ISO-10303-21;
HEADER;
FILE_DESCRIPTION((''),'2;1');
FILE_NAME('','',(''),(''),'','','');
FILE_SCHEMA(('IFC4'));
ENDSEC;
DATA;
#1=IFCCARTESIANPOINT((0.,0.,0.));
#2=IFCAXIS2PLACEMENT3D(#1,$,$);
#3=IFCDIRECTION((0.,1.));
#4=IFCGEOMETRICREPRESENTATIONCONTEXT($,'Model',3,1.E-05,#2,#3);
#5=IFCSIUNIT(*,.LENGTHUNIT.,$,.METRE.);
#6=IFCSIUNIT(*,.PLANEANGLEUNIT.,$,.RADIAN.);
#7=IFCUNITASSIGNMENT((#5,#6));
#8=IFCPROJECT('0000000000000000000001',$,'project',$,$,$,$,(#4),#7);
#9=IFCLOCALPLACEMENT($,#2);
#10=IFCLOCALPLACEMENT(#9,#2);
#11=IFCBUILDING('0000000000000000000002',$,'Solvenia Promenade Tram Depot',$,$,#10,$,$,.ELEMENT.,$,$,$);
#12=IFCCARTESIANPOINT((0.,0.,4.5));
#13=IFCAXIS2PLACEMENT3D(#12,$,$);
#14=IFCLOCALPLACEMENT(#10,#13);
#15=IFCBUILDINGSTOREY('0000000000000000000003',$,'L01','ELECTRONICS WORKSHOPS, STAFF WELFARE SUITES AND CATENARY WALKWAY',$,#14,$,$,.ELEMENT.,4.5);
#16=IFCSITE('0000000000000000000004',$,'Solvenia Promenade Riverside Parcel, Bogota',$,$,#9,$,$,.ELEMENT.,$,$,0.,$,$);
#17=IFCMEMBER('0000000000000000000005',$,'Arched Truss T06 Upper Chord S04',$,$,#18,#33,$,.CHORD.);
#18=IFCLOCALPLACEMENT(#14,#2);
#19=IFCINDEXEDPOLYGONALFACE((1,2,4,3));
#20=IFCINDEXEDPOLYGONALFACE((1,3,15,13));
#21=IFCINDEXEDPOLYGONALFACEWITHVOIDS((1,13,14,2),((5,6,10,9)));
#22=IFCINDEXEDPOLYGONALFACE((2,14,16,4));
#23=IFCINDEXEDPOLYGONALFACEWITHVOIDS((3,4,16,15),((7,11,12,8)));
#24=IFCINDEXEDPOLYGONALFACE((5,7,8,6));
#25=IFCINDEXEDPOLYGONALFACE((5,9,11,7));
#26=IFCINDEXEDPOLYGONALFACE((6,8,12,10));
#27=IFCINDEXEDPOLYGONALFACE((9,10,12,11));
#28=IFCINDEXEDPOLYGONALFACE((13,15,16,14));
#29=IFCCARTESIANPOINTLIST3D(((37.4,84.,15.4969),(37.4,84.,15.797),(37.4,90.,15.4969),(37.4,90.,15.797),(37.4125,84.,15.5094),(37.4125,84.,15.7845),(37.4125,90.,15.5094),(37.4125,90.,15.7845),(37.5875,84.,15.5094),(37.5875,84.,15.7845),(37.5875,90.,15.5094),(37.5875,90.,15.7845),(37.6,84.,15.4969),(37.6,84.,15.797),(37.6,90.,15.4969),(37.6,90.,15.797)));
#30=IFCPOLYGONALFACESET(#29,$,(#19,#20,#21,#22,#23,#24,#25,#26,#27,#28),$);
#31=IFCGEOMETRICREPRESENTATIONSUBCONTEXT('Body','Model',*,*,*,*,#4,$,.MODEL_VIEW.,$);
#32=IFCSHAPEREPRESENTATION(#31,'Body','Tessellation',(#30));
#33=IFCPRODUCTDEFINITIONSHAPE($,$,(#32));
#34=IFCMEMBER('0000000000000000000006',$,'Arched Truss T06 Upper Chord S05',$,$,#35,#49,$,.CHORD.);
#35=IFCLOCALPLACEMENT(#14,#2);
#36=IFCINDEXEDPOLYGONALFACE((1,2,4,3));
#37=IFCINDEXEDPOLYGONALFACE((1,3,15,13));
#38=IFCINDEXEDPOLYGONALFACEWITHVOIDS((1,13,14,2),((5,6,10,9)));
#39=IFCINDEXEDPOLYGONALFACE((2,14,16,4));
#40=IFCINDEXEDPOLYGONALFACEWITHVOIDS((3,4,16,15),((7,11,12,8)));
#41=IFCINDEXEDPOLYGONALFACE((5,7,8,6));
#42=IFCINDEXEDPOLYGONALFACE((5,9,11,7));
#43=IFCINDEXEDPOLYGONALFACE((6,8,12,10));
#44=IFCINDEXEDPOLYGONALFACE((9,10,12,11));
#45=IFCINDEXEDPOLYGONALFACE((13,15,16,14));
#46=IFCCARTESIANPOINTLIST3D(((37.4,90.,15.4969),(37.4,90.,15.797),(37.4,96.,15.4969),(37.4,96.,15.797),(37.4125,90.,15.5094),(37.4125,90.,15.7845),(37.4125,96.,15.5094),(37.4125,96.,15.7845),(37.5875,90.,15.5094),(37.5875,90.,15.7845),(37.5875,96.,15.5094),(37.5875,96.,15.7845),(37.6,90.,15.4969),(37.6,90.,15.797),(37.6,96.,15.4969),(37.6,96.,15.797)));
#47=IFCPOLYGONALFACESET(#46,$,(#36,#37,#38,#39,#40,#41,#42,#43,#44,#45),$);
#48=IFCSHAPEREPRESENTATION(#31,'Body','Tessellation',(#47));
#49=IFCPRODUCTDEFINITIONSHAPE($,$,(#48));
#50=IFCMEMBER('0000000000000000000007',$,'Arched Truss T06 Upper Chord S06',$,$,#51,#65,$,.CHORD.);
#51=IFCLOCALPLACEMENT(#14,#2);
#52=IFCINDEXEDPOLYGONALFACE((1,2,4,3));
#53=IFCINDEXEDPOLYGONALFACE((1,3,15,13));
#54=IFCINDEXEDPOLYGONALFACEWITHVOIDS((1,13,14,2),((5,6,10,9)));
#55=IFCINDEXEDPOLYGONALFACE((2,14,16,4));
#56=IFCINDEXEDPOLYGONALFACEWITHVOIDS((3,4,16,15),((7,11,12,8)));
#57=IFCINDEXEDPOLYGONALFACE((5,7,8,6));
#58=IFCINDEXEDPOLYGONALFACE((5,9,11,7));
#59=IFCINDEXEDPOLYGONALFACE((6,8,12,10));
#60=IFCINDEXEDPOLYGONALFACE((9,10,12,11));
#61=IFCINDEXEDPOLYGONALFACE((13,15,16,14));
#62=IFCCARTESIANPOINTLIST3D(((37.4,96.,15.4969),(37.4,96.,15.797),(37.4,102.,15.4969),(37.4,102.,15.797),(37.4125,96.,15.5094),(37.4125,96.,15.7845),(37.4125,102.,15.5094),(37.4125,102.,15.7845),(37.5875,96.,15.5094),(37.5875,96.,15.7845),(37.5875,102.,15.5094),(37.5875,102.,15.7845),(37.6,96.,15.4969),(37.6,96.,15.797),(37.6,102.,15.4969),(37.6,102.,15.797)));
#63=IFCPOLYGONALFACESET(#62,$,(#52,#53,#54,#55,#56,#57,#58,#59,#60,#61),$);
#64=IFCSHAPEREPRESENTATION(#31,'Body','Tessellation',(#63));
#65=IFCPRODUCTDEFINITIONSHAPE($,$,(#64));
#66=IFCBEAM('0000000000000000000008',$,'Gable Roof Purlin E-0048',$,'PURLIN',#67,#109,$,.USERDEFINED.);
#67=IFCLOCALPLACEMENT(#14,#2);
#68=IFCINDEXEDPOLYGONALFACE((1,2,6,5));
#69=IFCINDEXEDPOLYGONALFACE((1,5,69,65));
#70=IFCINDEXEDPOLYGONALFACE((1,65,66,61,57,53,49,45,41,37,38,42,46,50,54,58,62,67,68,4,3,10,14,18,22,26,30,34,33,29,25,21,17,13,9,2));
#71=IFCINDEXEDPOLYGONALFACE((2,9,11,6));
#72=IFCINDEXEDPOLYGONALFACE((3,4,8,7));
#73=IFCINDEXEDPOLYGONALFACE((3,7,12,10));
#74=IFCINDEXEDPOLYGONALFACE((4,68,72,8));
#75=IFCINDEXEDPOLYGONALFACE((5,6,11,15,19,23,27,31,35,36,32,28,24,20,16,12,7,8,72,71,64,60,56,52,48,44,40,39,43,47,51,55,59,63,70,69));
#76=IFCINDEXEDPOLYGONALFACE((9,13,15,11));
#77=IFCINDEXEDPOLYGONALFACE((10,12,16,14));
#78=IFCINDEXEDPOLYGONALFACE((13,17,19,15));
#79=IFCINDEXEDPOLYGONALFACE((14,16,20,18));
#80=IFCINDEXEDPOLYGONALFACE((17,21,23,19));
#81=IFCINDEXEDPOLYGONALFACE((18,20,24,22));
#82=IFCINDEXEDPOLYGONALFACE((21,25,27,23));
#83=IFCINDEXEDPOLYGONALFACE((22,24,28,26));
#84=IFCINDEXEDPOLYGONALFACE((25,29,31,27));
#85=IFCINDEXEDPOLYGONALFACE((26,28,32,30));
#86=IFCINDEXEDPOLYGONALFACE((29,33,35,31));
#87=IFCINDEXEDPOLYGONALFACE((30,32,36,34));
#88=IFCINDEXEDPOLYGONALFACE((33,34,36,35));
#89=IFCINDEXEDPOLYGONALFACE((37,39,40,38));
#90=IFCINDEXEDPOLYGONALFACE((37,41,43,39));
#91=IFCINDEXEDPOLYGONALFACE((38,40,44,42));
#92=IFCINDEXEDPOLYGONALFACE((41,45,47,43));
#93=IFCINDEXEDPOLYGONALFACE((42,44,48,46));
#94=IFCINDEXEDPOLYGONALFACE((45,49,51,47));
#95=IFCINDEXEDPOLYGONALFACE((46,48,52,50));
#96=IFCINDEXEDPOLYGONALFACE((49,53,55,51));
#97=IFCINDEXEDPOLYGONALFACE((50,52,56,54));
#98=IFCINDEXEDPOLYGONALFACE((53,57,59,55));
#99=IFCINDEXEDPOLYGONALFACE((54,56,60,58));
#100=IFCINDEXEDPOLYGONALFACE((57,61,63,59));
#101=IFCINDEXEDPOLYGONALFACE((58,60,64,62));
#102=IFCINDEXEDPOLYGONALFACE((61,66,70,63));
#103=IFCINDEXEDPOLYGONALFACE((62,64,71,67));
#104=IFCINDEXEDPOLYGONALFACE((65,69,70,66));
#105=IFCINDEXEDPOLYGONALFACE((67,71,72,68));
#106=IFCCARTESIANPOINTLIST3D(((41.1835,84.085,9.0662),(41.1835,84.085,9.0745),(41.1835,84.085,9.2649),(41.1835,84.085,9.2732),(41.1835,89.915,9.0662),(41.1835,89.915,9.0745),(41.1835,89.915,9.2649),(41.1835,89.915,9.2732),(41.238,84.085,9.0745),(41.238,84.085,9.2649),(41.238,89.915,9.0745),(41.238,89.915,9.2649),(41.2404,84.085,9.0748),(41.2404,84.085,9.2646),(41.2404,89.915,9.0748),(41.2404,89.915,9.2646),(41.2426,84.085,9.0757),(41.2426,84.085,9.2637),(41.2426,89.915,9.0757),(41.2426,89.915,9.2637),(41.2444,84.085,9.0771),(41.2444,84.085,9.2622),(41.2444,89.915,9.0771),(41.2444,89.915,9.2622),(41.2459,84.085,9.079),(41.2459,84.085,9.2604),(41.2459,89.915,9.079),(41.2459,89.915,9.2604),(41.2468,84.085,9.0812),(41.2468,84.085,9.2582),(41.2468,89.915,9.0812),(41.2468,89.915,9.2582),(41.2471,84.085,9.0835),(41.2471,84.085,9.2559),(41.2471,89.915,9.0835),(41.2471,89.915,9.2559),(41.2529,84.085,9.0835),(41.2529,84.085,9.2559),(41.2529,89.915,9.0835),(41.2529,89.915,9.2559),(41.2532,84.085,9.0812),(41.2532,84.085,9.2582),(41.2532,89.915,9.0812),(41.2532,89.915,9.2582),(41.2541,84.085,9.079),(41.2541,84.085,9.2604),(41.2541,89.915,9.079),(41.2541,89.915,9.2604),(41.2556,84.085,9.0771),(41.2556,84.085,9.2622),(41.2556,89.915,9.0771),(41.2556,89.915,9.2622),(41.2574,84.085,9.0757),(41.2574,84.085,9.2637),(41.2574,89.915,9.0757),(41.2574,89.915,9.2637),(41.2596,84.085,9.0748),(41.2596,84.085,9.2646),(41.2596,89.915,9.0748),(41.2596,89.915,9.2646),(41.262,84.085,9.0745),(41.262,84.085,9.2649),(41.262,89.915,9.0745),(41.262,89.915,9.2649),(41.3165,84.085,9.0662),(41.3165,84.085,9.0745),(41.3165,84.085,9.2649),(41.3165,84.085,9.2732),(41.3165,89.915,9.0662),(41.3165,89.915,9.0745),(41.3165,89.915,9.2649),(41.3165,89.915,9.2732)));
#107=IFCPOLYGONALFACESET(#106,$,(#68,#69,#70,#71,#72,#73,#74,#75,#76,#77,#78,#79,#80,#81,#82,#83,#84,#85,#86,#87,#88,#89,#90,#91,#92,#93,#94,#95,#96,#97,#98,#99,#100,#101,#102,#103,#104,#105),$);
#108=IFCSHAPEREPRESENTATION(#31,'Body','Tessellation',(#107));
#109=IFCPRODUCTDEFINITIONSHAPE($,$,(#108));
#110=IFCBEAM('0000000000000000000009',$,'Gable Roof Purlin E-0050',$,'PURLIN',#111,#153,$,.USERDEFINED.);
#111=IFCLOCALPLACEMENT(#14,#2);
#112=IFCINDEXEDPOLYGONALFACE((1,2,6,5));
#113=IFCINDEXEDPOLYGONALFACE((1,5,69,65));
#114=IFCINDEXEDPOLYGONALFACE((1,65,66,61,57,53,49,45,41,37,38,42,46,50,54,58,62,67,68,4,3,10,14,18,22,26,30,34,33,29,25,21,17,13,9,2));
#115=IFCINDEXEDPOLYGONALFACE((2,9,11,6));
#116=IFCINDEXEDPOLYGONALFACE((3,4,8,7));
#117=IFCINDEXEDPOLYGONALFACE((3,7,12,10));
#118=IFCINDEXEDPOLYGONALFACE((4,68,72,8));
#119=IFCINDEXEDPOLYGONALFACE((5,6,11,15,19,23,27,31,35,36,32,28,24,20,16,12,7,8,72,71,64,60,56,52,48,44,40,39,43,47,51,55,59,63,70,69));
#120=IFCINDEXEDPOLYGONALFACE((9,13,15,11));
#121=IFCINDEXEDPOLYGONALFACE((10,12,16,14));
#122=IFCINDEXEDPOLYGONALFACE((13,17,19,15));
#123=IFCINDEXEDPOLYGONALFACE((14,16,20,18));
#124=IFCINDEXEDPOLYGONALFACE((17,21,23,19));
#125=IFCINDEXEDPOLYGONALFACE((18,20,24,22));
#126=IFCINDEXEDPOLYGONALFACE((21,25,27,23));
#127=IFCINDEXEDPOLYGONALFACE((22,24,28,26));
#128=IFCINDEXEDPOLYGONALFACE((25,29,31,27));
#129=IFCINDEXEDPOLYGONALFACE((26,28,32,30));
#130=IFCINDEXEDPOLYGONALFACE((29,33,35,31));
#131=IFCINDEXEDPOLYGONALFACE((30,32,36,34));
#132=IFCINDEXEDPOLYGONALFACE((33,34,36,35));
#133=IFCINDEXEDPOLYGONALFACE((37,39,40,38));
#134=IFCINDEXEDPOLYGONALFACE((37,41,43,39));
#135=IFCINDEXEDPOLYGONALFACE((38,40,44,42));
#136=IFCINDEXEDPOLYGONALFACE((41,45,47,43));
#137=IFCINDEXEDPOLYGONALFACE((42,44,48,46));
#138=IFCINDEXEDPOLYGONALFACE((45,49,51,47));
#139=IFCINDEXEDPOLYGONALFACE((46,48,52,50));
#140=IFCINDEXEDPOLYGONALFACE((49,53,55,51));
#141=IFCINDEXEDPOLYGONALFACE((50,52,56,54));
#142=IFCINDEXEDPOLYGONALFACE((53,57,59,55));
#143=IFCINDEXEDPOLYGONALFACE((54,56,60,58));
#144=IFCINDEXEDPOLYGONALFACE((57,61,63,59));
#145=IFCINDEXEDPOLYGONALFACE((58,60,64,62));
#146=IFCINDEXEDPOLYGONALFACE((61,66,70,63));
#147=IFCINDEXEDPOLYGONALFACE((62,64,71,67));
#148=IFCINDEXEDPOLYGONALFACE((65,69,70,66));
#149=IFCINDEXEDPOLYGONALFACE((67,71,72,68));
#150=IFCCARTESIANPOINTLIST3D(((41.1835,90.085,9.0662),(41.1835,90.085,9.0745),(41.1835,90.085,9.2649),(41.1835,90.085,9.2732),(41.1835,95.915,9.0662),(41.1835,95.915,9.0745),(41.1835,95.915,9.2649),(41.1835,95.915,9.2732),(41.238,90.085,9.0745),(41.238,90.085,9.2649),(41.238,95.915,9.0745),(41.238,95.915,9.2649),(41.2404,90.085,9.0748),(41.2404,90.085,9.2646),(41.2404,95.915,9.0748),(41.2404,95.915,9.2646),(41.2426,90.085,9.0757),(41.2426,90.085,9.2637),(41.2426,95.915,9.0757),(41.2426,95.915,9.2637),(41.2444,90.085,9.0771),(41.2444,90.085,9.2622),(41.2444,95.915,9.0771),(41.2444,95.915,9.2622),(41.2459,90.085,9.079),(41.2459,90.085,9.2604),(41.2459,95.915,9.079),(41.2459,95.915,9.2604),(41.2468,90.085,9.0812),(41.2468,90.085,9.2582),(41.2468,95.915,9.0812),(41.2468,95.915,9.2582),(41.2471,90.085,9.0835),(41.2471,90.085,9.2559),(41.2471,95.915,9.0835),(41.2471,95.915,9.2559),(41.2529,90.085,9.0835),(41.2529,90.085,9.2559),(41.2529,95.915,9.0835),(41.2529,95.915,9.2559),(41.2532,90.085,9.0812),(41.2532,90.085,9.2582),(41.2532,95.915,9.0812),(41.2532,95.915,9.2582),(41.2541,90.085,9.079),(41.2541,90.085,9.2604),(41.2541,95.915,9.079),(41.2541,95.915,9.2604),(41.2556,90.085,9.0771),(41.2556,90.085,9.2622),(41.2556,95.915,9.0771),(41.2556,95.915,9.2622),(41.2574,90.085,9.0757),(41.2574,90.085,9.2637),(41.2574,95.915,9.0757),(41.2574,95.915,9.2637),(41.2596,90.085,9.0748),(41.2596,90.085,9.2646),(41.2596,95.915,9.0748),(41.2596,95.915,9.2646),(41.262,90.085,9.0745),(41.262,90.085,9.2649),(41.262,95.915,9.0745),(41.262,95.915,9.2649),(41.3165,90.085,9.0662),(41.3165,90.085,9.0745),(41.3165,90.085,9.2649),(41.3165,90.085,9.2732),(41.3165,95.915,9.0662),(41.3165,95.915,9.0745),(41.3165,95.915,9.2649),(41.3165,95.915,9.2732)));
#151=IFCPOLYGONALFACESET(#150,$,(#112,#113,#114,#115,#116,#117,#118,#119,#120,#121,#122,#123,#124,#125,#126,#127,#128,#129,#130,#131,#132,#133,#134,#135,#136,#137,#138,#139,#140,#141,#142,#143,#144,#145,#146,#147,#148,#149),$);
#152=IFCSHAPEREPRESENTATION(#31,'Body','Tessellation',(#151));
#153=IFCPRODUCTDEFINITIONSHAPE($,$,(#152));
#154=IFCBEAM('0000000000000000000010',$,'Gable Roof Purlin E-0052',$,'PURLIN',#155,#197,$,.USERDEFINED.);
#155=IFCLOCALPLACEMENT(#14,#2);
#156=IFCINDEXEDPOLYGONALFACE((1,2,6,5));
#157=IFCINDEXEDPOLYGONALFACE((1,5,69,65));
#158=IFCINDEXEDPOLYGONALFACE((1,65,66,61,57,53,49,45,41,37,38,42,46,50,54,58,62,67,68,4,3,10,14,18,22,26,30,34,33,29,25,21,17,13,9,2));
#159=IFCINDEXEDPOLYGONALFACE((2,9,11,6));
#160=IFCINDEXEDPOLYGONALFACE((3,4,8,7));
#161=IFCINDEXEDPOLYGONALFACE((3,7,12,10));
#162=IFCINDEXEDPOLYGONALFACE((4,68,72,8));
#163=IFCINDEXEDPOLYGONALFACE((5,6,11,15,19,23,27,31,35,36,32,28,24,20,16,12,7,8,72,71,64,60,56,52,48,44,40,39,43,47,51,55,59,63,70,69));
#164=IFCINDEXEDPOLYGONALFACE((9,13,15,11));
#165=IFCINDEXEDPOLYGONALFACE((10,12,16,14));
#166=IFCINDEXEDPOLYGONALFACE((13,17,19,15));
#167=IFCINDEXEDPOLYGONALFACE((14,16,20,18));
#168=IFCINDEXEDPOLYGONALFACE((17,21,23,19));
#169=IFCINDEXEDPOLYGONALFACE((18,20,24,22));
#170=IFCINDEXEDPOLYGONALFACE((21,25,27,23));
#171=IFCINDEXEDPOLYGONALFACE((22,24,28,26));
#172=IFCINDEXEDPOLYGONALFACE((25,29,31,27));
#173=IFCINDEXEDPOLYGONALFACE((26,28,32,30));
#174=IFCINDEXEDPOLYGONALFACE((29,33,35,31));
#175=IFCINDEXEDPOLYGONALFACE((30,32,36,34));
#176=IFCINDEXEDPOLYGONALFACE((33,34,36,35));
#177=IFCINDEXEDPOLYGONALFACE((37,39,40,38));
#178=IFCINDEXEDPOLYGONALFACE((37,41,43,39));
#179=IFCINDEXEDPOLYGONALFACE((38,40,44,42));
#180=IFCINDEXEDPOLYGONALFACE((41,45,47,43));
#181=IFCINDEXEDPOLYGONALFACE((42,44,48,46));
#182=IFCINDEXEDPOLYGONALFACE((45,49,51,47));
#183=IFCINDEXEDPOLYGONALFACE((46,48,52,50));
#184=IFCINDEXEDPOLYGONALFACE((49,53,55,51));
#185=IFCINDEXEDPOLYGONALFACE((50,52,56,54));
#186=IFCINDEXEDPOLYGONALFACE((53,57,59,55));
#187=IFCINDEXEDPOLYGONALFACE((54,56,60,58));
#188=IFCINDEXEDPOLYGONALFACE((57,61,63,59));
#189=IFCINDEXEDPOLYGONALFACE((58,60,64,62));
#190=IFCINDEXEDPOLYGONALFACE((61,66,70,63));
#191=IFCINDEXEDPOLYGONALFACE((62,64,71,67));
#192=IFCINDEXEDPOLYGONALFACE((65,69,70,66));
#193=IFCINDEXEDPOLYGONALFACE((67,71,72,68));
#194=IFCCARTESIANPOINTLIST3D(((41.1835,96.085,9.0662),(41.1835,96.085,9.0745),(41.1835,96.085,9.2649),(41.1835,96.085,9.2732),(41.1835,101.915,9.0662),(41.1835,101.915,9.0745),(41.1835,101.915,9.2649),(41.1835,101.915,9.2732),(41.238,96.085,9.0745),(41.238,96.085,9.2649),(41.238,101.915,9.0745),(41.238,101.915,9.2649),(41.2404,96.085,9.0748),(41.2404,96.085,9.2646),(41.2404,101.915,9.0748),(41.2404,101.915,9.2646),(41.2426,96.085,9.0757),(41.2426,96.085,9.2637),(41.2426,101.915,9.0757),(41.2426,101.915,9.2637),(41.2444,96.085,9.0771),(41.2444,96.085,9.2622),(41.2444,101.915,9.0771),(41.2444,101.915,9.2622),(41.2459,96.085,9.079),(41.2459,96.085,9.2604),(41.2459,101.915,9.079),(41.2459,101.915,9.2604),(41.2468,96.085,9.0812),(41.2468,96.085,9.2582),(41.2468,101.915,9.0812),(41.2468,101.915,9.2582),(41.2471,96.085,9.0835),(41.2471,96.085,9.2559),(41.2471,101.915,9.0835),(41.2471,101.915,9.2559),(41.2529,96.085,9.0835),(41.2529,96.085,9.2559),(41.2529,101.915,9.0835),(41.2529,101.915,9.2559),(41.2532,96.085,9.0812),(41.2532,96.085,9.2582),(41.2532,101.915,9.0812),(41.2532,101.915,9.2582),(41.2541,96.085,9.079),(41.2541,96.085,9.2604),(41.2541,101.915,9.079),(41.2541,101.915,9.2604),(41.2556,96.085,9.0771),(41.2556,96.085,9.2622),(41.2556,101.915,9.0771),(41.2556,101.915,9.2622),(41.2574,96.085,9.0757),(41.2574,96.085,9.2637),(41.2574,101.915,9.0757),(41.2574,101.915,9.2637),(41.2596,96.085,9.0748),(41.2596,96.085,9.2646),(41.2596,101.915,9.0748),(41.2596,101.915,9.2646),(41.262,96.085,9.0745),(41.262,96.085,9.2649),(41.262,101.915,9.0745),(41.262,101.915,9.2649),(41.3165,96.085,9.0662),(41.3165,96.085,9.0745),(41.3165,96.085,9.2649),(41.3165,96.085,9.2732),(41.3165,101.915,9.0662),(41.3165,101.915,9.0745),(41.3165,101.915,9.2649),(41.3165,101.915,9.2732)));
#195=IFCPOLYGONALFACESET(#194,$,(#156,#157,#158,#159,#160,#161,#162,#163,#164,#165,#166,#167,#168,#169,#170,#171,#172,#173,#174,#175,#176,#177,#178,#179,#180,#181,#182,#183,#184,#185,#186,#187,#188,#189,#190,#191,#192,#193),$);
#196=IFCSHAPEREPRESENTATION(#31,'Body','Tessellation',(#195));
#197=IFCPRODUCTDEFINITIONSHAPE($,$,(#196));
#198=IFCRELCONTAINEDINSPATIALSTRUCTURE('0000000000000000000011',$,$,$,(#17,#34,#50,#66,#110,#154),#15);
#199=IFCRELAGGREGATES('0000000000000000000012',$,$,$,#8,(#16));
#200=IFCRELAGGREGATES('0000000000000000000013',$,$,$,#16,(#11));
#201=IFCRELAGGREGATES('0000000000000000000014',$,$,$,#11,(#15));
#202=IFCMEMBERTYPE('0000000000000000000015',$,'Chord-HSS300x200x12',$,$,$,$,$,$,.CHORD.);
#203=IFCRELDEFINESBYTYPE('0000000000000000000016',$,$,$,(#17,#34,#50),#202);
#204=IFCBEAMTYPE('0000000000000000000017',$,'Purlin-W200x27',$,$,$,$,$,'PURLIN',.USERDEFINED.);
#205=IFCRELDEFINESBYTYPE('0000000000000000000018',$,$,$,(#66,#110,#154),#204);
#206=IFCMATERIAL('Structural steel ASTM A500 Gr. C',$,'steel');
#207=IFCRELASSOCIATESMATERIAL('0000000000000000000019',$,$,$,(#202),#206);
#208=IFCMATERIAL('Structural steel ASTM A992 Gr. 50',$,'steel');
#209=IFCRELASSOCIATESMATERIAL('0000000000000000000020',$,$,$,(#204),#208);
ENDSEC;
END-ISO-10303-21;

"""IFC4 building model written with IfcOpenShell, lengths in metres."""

from ifc_helpers import new_model, si_unit, direction, frame, origin, origin_2d, place, context, subcontext, project, spatial, hollow_rectangle, i_section, extrude, material, material_profile, profile_set, type_object, element, save


model = new_model("IFC4")

# Units and contexts
model_context = context("Model", 3, precision=1e-05, world=origin(), true_north=direction((0.0, 1.0)))
body_context = subcontext(model_context, "Body", "Model", "MODEL_VIEW")
ifc_project = project(units=[si_unit("LENGTHUNIT", "METRE"), si_unit("PLANEANGLEUNIT", "RADIAN")], contexts=[model_context])

# Site, building, storey
site_placement = place(None, origin())
site = spatial("IfcSite", under=ifc_project, at=site_placement, Name="Solvenia Promenade Riverside Parcel, Bogota", CompositionType="ELEMENT", RefElevation=0.0)
building_placement = place(site_placement, origin())
building = spatial("IfcBuilding", under=site, at=building_placement, Name="Solvenia Promenade Tram Depot", CompositionType="ELEMENT")
storey_placement = place(building_placement, frame((0.0, 0.0, 4.5)))
storey = spatial("IfcBuildingStorey", under=building, at=storey_placement, Name="L01", Description="ELECTRONICS WORKSHOPS, STAFF WELFARE SUITES AND CATENARY WALKWAY", CompositionType="ELEMENT", Elevation=4.5)

# Members
ifc_material_1 = material(Name="Structural steel ASTM A500 Gr. C", Category="steel")
ifc_material_profile_1 = material_profile(ifc_material_1, hollow_rectangle(XDim=0.2, YDim=0.3, WallThickness=0.0125, at=origin_2d()), Name="HSS300x200x12.5", Category="steel")
ifc_profile_set_1 = profile_set([ifc_material_profile_1], Name="Structural steel ASTM A500 Gr. C")
member_type_1 = type_object("IfcMemberType", Name="Chord-HSS300x200x12", PredefinedType="CHORD", material=ifc_profile_set_1)
for number, where, z_axis, x_axis, name in (
    (1, (37.5, 84.0, 15.647), (0.0, 1.0, 0.0), (-1.0, 0.0, 0.0), "Arched Truss T06 Upper Chord S04"),
    (2, (37.5, 90.0, 15.647), (0.0, 1.0, 0.0), (-1.0, 0.0, 0.0), "Arched Truss T06 Upper Chord S05"),
    (3, (37.5, 96.0, 15.647), (0.0, 1.0, 0.0), (-1.0, 0.0, 0.0), "Arched Truss T06 Upper Chord S06"),
):
    element("IfcMember", number, at=place(storey_placement, frame(where, z_axis=z_axis, x_axis=x_axis)), inside=storey, type_object=member_type_1, Name=name, PredefinedType="CHORD", context=body_context, shape_type="SweptSolid", body=[
        extrude(hollow_rectangle(XDim=0.2, YDim=0.3, WallThickness=0.0125, at=origin_2d()), origin(), (0.0, 0.0, 1.0), 6.0),
    ])

# Beams
ifc_material_2 = material(Name="Structural steel ASTM A992 Gr. 50", Category="steel")
ifc_material_profile_2 = material_profile(ifc_material_2, i_section(OverallWidth=0.1331, OverallDepth=0.207, WebThickness=0.0059, FlangeThickness=0.0083, FilletRadius=0.009, at=origin_2d()), Name="W200x27", Category="steel")
ifc_profile_set_2 = profile_set([ifc_material_profile_2], Name="Structural steel ASTM A992 Gr. 50")
beam_type_1 = type_object("IfcBeamType", Name="Purlin-W200x27", ElementType="PURLIN", PredefinedType="USERDEFINED", material=ifc_profile_set_2)
for number, where, z_axis, x_axis, name in (
    (4, (41.25, 84.085, 9.1697), (0.0, 1.0, 0.0), (-1.0, 0.0, 0.0), "Gable Roof Purlin E-0048"),
    (5, (41.25, 90.085, 9.1697), (0.0, 1.0, 0.0), (-1.0, 0.0, 0.0), "Gable Roof Purlin E-0050"),
    (6, (41.25, 96.085, 9.1697), (0.0, 1.0, 0.0), (-1.0, 0.0, 0.0), "Gable Roof Purlin E-0052"),
):
    element("IfcBeam", number, at=place(storey_placement, frame(where, z_axis=z_axis, x_axis=x_axis)), inside=storey, type_object=beam_type_1, Name=name, ObjectType="PURLIN", PredefinedType="USERDEFINED", context=body_context, shape_type="SweptSolid", body=[
        extrude(i_section(OverallWidth=0.1331, OverallDepth=0.207, WebThickness=0.0059, FlangeThickness=0.0083, FilletRadius=0.009, at=origin_2d()), origin(), (0.0, 0.0, 1.0), 5.8301),
    ])

save(model, "model.ifc")
